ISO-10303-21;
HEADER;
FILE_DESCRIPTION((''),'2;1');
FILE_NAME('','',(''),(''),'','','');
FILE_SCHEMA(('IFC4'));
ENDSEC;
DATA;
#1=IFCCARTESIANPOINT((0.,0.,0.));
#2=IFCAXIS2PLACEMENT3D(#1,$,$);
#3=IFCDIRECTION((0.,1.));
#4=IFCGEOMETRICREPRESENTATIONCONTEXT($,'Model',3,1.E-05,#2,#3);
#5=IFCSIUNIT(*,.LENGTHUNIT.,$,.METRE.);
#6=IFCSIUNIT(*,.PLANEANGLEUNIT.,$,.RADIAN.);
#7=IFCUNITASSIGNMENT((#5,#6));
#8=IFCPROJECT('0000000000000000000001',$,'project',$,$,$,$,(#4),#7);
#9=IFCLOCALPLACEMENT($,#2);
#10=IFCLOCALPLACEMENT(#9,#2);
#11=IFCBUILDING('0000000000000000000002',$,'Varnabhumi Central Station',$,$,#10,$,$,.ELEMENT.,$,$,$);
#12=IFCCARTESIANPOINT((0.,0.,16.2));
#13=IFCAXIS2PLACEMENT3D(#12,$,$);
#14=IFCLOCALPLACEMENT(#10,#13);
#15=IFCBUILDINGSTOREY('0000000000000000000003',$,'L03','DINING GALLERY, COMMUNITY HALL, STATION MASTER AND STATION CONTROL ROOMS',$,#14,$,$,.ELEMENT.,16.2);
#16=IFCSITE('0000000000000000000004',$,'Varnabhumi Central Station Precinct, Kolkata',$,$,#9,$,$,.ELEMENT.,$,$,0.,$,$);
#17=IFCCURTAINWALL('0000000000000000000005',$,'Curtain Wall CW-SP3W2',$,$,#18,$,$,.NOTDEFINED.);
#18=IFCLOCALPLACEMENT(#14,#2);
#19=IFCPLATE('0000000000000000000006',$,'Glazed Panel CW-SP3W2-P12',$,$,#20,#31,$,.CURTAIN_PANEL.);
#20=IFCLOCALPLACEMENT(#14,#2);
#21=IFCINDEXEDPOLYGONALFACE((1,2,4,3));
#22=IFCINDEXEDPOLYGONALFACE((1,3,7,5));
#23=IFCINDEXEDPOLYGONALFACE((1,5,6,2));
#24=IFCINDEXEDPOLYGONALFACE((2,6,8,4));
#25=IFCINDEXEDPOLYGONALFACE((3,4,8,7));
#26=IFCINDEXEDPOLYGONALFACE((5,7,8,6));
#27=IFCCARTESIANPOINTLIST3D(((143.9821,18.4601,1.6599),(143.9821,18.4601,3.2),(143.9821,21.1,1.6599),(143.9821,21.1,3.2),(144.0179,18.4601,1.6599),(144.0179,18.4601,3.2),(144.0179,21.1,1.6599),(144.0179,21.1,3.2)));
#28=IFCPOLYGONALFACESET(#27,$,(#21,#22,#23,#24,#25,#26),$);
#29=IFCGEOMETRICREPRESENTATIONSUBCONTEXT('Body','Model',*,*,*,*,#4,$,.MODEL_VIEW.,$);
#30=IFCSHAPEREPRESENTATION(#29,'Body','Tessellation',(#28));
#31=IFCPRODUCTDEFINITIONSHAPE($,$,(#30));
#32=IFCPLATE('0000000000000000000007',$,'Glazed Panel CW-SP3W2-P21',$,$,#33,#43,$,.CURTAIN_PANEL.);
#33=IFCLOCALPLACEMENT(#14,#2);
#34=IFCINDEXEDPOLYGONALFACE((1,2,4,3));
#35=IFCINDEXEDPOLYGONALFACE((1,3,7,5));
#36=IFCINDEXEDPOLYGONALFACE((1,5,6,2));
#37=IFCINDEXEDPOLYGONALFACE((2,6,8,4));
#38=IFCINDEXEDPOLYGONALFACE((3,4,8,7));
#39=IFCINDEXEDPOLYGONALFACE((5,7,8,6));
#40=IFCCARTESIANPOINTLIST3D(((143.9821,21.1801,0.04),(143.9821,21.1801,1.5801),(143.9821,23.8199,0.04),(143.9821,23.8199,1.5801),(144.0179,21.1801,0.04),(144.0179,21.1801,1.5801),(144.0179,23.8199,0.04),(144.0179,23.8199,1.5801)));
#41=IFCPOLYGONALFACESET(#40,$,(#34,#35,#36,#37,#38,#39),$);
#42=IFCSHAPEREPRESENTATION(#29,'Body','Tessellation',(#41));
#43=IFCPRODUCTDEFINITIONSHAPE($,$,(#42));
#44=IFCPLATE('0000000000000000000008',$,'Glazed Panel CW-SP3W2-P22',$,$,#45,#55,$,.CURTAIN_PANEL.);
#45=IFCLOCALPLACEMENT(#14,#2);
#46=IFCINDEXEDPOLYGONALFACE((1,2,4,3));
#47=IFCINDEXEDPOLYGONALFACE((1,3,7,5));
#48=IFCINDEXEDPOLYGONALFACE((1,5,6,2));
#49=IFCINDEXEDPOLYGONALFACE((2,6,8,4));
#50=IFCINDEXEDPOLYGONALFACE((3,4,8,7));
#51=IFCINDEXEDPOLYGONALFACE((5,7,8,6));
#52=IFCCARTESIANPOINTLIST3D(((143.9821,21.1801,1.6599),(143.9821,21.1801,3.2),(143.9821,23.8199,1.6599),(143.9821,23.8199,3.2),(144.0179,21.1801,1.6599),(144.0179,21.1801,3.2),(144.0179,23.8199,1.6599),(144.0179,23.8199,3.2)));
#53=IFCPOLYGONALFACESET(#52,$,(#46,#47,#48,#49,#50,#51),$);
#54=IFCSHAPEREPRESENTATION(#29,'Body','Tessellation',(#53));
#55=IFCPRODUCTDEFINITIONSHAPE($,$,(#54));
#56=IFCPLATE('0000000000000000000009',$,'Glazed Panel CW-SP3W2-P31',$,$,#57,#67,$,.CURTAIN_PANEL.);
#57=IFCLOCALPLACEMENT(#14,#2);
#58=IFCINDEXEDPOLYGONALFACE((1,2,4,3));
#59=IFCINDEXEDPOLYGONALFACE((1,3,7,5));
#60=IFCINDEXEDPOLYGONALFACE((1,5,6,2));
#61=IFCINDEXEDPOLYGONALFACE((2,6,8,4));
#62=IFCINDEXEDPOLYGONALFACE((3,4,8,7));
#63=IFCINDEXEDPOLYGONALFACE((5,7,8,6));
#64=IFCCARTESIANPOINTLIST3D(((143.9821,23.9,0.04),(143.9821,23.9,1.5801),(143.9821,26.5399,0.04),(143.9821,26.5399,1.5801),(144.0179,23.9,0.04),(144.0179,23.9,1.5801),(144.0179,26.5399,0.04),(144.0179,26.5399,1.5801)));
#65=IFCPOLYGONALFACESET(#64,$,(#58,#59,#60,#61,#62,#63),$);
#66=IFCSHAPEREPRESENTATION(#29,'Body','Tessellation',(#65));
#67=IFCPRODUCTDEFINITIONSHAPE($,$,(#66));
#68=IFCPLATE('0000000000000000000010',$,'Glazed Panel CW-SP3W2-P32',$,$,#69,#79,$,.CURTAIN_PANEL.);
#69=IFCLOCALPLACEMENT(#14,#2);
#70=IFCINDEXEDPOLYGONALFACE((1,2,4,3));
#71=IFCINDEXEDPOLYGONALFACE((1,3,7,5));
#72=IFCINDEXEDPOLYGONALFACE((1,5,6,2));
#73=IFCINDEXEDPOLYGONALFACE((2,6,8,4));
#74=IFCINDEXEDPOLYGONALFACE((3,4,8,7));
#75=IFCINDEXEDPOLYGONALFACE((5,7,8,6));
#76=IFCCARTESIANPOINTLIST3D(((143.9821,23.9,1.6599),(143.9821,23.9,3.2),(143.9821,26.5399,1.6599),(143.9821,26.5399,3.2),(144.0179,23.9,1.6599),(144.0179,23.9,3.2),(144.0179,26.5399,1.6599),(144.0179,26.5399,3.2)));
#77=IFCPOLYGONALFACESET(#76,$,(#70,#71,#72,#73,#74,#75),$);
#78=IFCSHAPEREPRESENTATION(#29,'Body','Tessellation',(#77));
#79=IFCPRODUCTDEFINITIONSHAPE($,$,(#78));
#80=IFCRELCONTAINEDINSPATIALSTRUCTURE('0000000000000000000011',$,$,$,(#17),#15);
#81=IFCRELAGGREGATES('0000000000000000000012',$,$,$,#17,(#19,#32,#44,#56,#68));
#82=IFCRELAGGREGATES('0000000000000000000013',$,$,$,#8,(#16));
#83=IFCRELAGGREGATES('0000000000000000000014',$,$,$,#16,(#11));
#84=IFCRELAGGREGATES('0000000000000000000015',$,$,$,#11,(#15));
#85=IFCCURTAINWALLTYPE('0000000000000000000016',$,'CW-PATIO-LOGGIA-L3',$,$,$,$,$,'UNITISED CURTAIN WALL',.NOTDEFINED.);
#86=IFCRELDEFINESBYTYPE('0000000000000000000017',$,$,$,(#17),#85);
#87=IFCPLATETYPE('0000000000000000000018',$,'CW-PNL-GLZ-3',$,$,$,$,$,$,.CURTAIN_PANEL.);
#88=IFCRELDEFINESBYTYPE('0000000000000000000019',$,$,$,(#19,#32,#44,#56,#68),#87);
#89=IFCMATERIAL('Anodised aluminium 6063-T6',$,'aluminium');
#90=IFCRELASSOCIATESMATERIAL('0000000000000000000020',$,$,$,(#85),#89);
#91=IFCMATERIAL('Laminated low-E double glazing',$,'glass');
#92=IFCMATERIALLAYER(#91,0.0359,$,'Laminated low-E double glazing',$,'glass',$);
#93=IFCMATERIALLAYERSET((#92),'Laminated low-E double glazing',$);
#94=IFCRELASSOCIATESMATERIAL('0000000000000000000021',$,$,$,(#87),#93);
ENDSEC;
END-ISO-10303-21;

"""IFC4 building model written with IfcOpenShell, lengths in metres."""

from ifc_helpers import new_model, si_unit, direction, frame, origin, origin_2d, place, context, subcontext, project, spatial, rectangle, extrude, material, layer, layer_set, type_object, element, aggregate, save


model = new_model("IFC4")

# Units and contexts
model_context = context("Model", 3, precision=1e-05, world=origin(), true_north=direction((0.0, 1.0)))
body_context = subcontext(model_context, "Body", "Model", "MODEL_VIEW")
ifc_project = project(units=[si_unit("LENGTHUNIT", "METRE"), si_unit("PLANEANGLEUNIT", "RADIAN")], contexts=[model_context])

# Site, building, storey
site_placement = place(None, origin())
site = spatial("IfcSite", under=ifc_project, at=site_placement, Name="Varnabhumi Central Station Precinct, Kolkata", CompositionType="ELEMENT", RefElevation=0.0)
building_placement = place(site_placement, origin())
building = spatial("IfcBuilding", under=site, at=building_placement, Name="Varnabhumi Central Station", CompositionType="ELEMENT")
storey_placement = place(building_placement, frame((0.0, 0.0, 16.2)))
storey = spatial("IfcBuildingStorey", under=building, at=storey_placement, Name="L03", Description="DINING GALLERY, COMMUNITY HALL, STATION MASTER AND STATION CONTROL ROOMS", CompositionType="ELEMENT", Elevation=16.2)

# Curtain wall
ifc_material_1 = material(Name="Anodised aluminium 6063-T6", Category="aluminium")
curtain_wall_type = type_object("IfcCurtainWallType", Name="CW-PATIO-LOGGIA-L3", ElementType="UNITISED CURTAIN WALL", PredefinedType="NOTDEFINED", material=ifc_material_1)
curtain_wall_1_placement = place(storey_placement, origin())
curtain_wall_1 = element("IfcCurtainWall", 1, at=curtain_wall_1_placement, inside=storey, type_object=curtain_wall_type, Name="Curtain Wall CW-SP3W2", PredefinedType="NOTDEFINED")

# Plates
ifc_material_2 = material(Name="Laminated low-E double glazing", Category="glass")
ifc_layer_1 = layer(ifc_material_2, 0.0359, Name="Laminated low-E double glazing", Category="glass")
ifc_layer_set_1 = layer_set([ifc_layer_1], Name="Laminated low-E double glazing")
plate_type_1 = type_object("IfcPlateType", Name="CW-PNL-GLZ-3", PredefinedType="CURTAIN_PANEL", material=ifc_layer_set_1)
plate_1_placement = place(storey_placement, frame((144.0, 19.78, 1.6599), z_axis=(0.0, 0.0, 1.0), x_axis=(0.0, 1.0, 0.0)))
plate_1 = element("IfcPlate", 2, at=plate_1_placement, type_object=plate_type_1, Name="Glazed Panel CW-SP3W2-P12", PredefinedType="CURTAIN_PANEL", context=body_context, shape_type="SweptSolid", body=[
    extrude(rectangle(XDim=2.6399, YDim=0.0359, at=origin_2d()), origin(), (0.0, 0.0, 1.0), 1.54),
])
plate_2_placement = place(storey_placement, frame((144.0, 22.5, 0.04), z_axis=(0.0, 0.0, 1.0), x_axis=(0.0, 1.0, 0.0)))
plate_2 = element("IfcPlate", 3, at=plate_2_placement, type_object=plate_type_1, Name="Glazed Panel CW-SP3W2-P21", PredefinedType="CURTAIN_PANEL", context=body_context, shape_type="SweptSolid", body=[
    extrude(rectangle(XDim=2.6399, YDim=0.0359, at=origin_2d()), origin(), (0.0, 0.0, 1.0), 1.54),
])
plate_3_placement = place(storey_placement, frame((144.0, 22.5, 1.6599), z_axis=(0.0, 0.0, 1.0), x_axis=(0.0, 1.0, 0.0)))
plate_3 = element("IfcPlate", 4, at=plate_3_placement, type_object=plate_type_1, Name="Glazed Panel CW-SP3W2-P22", PredefinedType="CURTAIN_PANEL", context=body_context, shape_type="SweptSolid", body=[
    extrude(rectangle(XDim=2.6399, YDim=0.0359, at=origin_2d()), origin(), (0.0, 0.0, 1.0), 1.54),
])
plate_4_placement = place(storey_placement, frame((144.0, 25.22, 0.04), z_axis=(0.0, 0.0, 1.0), x_axis=(0.0, 1.0, 0.0)))
plate_4 = element("IfcPlate", 5, at=plate_4_placement, type_object=plate_type_1, Name="Glazed Panel CW-SP3W2-P31", PredefinedType="CURTAIN_PANEL", context=body_context, shape_type="SweptSolid", body=[
    extrude(rectangle(XDim=2.6399, YDim=0.0359, at=origin_2d()), origin(), (0.0, 0.0, 1.0), 1.54),
])
plate_5_placement = place(storey_placement, frame((144.0, 25.22, 1.6599), z_axis=(0.0, 0.0, 1.0), x_axis=(0.0, 1.0, 0.0)))
plate_5 = element("IfcPlate", 6, at=plate_5_placement, type_object=plate_type_1, Name="Glazed Panel CW-SP3W2-P32", PredefinedType="CURTAIN_PANEL", context=body_context, shape_type="SweptSolid", body=[
    extrude(rectangle(XDim=2.6399, YDim=0.0359, at=origin_2d()), origin(), (0.0, 0.0, 1.0), 1.54),
])
aggregate(curtain_wall_1, [plate_1, plate_2, plate_3, plate_4, plate_5])

save(model, "model.ifc")
